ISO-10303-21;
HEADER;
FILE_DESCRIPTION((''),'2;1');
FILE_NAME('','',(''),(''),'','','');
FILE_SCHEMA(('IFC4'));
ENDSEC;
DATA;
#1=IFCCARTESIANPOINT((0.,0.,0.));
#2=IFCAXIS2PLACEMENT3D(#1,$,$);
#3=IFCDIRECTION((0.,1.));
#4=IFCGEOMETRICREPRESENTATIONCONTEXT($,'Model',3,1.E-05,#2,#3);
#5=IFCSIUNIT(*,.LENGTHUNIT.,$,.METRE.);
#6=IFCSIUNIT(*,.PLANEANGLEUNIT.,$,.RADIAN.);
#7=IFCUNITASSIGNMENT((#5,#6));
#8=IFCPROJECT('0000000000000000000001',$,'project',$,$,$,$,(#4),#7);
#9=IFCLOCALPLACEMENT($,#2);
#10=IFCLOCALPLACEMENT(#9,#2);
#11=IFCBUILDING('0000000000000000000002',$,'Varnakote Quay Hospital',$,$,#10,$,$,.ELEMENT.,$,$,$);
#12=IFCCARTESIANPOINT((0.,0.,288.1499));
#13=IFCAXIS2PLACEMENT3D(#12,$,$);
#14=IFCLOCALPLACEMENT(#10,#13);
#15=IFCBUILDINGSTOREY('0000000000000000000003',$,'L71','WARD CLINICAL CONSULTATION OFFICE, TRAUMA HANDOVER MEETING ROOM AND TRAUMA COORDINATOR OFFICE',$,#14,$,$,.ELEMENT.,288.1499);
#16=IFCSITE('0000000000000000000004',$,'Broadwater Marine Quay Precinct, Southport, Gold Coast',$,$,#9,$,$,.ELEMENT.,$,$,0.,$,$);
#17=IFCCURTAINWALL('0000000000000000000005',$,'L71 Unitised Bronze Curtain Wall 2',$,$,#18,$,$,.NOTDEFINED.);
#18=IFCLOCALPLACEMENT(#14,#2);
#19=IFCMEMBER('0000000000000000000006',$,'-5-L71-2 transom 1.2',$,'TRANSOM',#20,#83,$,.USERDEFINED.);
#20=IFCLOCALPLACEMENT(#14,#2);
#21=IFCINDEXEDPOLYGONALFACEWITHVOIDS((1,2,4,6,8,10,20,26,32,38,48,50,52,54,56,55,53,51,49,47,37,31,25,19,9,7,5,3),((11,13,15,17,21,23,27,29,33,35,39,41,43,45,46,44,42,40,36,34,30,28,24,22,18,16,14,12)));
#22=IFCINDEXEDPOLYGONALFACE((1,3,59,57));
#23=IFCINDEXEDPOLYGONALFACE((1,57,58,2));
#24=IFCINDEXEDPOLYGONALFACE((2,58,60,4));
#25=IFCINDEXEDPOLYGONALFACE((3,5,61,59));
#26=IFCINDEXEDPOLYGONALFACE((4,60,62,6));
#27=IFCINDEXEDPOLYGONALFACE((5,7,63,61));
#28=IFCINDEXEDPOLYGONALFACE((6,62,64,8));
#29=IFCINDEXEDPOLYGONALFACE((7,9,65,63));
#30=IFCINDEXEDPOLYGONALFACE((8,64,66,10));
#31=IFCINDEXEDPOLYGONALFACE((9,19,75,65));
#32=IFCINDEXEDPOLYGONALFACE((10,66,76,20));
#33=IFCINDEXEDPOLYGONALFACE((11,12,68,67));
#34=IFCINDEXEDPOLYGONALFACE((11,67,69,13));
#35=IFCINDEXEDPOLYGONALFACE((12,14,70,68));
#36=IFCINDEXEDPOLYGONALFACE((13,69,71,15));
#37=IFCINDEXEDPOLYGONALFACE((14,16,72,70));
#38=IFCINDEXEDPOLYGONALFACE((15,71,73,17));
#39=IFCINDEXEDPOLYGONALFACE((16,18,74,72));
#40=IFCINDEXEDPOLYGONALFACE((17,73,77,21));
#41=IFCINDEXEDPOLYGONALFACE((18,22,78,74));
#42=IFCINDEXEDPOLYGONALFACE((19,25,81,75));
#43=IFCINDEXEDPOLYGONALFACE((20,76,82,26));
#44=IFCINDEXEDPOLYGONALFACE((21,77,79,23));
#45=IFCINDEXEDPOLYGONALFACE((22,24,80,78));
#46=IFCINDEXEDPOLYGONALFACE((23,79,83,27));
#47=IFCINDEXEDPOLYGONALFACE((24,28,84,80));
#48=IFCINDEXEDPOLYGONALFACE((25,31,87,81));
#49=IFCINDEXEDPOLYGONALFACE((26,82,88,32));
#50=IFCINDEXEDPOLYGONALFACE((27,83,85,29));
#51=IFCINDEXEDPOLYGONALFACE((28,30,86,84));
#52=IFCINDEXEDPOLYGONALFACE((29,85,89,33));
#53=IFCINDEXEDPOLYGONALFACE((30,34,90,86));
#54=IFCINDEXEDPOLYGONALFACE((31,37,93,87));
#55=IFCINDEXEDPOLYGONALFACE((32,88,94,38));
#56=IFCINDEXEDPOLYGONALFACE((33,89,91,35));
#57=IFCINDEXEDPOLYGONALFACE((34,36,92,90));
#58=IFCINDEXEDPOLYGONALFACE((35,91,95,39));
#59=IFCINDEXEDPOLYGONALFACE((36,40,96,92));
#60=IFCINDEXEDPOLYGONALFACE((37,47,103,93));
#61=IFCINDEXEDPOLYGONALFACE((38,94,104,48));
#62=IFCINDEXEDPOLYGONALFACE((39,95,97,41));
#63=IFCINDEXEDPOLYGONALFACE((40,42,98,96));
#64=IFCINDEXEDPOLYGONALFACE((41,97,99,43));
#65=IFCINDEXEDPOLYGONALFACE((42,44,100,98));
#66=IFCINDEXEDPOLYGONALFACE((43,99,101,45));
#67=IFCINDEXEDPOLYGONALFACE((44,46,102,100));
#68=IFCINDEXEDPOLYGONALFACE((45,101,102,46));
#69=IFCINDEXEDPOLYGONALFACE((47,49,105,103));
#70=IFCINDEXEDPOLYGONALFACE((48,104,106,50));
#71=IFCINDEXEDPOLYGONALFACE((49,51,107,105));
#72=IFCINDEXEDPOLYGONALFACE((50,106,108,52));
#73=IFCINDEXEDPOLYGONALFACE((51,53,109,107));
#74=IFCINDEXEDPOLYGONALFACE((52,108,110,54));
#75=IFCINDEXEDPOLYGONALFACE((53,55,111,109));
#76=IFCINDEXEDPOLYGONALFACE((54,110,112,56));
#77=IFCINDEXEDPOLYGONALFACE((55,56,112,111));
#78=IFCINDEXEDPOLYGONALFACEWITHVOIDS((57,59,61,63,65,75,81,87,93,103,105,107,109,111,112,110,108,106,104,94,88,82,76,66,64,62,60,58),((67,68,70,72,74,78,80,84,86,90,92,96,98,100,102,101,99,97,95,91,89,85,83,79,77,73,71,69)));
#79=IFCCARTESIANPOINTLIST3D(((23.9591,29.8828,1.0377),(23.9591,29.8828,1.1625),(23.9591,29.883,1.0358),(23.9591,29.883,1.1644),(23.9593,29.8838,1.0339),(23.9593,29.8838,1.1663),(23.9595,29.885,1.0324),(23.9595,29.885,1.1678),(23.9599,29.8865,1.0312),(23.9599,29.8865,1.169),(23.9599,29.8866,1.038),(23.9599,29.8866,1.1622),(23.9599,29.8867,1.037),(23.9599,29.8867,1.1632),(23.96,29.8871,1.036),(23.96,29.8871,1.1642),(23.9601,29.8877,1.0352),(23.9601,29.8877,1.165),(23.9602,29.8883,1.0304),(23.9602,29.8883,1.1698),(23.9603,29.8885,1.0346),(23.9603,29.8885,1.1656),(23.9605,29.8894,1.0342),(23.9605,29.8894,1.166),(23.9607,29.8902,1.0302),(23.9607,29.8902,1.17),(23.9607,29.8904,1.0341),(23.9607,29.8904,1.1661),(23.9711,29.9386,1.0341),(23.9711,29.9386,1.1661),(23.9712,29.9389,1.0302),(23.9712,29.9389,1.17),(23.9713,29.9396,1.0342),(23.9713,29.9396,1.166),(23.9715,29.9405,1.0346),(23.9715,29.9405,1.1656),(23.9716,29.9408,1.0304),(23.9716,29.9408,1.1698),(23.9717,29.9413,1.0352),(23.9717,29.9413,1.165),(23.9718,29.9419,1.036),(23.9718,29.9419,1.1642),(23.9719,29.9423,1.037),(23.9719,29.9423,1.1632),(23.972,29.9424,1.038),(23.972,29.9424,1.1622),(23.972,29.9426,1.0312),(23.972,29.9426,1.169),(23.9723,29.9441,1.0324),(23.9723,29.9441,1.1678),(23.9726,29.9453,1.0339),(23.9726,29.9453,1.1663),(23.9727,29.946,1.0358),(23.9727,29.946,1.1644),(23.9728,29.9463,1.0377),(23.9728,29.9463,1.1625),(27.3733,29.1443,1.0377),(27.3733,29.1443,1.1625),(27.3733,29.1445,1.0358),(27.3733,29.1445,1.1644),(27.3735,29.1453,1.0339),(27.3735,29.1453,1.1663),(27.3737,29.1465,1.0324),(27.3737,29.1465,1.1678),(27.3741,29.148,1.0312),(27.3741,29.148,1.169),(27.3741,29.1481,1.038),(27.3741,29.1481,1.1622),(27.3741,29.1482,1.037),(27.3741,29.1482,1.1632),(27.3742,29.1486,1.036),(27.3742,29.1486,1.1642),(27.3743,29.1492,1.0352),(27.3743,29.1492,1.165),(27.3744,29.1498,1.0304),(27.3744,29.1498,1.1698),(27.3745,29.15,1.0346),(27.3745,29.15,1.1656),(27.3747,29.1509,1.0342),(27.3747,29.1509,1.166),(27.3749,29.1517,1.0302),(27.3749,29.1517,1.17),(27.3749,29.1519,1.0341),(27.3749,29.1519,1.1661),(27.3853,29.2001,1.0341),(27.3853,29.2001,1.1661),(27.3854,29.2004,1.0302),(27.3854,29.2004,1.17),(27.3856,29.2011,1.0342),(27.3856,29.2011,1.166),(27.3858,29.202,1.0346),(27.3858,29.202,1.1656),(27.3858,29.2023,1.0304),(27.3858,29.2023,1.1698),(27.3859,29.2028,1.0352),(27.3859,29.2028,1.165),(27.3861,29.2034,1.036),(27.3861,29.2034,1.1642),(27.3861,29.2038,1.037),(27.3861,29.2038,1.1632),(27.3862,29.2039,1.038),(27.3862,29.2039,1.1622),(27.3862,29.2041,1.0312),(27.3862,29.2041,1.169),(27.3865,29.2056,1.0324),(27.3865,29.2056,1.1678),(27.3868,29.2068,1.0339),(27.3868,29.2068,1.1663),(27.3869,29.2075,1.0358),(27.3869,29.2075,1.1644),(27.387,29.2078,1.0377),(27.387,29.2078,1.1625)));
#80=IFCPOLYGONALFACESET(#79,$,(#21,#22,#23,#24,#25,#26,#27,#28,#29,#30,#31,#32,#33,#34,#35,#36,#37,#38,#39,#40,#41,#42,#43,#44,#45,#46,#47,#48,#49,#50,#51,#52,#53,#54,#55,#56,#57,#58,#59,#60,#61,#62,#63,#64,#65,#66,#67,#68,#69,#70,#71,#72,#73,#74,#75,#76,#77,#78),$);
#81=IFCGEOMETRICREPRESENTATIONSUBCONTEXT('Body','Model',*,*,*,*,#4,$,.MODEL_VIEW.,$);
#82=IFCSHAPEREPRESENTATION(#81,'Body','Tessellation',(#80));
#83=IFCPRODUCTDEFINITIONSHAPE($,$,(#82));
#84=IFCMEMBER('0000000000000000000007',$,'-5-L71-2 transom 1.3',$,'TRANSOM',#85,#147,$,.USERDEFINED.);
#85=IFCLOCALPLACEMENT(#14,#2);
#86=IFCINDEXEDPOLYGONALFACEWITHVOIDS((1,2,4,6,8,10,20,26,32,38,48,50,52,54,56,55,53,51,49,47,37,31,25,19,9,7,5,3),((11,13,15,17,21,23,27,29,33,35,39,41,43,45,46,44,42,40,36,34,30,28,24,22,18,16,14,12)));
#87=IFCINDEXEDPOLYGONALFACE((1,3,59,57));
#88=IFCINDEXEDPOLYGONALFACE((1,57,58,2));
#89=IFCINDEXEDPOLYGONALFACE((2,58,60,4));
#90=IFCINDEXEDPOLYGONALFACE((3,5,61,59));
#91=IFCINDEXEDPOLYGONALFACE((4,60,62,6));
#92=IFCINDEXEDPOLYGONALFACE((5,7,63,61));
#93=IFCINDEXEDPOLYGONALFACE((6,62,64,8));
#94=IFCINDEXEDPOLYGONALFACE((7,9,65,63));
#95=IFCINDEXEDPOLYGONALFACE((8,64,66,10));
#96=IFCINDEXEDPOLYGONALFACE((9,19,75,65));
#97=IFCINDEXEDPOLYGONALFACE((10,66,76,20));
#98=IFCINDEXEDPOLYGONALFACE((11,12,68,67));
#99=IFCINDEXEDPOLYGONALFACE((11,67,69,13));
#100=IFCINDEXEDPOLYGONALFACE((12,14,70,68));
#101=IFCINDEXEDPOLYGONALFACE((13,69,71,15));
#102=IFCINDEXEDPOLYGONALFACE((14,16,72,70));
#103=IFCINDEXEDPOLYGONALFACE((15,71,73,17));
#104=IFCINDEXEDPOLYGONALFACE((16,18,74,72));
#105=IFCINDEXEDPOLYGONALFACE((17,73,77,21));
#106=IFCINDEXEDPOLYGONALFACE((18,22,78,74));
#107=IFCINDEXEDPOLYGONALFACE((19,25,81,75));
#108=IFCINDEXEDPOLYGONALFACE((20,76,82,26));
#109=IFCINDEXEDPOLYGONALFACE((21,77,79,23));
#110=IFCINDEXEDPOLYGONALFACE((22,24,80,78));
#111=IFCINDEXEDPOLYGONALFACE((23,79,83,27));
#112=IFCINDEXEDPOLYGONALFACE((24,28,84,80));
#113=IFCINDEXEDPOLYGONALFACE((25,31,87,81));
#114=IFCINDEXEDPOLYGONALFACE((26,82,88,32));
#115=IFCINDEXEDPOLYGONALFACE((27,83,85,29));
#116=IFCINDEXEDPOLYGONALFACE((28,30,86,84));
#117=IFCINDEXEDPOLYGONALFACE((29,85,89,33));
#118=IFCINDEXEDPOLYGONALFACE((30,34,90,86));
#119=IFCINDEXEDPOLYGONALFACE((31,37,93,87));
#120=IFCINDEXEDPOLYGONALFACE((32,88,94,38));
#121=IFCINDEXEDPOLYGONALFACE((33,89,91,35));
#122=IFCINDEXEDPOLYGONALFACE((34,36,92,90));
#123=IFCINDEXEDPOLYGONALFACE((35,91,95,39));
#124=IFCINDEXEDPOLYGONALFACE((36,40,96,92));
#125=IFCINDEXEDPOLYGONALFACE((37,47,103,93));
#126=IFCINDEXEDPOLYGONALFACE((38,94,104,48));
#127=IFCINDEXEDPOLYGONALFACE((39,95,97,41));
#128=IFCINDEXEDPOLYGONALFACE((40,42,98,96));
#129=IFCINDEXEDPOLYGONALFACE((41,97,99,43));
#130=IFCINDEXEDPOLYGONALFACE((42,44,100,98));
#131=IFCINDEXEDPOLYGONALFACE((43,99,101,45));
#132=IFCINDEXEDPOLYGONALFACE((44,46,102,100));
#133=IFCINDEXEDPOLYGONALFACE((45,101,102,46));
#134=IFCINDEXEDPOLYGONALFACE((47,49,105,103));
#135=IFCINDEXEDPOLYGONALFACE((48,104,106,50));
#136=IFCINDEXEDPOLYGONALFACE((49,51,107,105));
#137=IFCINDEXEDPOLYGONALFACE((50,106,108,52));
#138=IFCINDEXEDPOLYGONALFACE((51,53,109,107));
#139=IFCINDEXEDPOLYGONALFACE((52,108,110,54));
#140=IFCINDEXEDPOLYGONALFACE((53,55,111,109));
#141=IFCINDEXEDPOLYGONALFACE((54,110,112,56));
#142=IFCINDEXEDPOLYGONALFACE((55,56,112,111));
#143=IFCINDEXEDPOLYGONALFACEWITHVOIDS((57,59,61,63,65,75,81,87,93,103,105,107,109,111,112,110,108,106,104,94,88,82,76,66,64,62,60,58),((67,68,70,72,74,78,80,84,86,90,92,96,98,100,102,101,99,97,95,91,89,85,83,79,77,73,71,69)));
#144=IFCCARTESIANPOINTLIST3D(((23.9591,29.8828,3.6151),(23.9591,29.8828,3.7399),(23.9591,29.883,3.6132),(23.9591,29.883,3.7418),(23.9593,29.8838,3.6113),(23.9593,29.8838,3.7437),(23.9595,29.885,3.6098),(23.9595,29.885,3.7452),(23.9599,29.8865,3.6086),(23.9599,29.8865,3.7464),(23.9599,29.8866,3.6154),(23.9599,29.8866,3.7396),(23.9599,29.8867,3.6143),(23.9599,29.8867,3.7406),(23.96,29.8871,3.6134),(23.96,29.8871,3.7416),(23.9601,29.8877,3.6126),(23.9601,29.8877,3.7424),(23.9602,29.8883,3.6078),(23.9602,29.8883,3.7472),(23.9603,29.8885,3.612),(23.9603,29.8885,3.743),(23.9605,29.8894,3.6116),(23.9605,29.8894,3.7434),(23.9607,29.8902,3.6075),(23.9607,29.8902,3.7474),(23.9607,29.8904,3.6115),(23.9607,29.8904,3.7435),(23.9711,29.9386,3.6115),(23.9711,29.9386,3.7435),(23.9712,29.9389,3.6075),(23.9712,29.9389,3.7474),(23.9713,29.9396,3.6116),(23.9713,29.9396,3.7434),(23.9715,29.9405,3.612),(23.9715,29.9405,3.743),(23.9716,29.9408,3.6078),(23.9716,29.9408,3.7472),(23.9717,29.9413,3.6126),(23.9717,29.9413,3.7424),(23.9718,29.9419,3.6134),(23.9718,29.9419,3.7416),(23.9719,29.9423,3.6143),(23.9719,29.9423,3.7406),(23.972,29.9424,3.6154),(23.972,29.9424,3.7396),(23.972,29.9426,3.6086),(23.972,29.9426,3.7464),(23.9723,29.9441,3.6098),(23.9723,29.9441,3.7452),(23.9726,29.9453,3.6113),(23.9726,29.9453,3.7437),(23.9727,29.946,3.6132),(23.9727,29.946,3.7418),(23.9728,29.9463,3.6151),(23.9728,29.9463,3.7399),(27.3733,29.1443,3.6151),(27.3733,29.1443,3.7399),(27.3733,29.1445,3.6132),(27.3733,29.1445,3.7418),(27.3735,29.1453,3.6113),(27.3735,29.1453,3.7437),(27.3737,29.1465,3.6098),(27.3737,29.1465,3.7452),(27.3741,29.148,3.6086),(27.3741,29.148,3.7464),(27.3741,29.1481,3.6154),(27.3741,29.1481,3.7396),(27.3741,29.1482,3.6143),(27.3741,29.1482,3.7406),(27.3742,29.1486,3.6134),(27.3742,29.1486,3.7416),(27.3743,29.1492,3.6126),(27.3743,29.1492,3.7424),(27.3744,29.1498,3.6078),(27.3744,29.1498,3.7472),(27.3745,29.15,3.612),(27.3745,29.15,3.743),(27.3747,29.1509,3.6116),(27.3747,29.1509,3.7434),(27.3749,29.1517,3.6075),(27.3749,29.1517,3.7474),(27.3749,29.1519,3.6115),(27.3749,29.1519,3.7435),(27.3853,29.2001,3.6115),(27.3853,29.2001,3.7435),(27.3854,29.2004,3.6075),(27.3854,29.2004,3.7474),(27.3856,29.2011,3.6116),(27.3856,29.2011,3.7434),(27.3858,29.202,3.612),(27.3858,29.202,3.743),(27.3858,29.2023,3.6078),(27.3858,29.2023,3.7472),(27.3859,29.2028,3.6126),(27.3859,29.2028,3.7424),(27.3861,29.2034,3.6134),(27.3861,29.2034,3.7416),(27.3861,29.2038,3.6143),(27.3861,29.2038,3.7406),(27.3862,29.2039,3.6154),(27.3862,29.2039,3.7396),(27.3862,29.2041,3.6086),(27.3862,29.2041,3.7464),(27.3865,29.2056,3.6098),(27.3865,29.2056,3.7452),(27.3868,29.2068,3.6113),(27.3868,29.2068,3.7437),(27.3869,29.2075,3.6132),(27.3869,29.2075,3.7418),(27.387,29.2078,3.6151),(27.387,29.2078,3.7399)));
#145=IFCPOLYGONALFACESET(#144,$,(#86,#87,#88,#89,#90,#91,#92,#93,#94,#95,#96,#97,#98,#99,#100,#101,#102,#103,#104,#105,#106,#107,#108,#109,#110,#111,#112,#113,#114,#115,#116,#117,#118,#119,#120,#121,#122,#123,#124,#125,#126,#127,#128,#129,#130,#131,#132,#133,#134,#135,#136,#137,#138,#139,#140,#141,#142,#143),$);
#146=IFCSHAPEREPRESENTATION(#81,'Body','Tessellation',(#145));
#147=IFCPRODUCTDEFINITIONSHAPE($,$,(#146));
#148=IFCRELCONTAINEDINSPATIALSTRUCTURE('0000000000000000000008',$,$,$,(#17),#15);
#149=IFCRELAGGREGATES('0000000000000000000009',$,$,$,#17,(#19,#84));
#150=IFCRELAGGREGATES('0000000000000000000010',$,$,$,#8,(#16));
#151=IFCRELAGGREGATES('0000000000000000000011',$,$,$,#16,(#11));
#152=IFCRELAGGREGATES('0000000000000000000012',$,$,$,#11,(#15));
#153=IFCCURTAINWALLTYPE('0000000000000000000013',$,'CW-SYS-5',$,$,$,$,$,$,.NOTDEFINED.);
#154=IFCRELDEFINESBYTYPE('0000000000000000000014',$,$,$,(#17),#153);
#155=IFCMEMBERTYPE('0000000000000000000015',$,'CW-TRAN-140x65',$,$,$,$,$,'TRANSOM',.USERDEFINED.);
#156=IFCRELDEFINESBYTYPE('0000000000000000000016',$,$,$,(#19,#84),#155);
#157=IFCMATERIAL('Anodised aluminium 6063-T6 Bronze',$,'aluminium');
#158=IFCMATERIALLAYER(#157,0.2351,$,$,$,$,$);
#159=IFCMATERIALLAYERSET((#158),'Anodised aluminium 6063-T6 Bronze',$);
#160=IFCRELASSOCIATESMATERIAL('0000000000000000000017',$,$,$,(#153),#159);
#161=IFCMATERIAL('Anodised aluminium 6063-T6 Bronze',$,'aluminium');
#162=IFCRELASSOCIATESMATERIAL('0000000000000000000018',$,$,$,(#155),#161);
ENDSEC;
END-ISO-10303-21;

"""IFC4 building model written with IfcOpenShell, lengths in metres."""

from ifc_helpers import new_model, si_unit, direction, frame, origin, origin_2d, place, context, subcontext, project, spatial, hollow_rectangle, extrude, material, layer, layer_set, material_profile, profile_set, type_object, element, aggregate, save


model = new_model("IFC4")

# Units and contexts
model_context = context("Model", 3, precision=1e-05, world=origin(), true_north=direction((0.0, 1.0)))
body_context = subcontext(model_context, "Body", "Model", "MODEL_VIEW")
ifc_project = project(units=[si_unit("LENGTHUNIT", "METRE"), si_unit("PLANEANGLEUNIT", "RADIAN")], contexts=[model_context])

# Site, building, storey
site_placement = place(None, origin())
site = spatial("IfcSite", under=ifc_project, at=site_placement, Name="Broadwater Marine Quay Precinct, Southport, Gold Coast", CompositionType="ELEMENT", RefElevation=0.0)
building_placement = place(site_placement, origin())
building = spatial("IfcBuilding", under=site, at=building_placement, Name="Varnakote Quay Hospital", CompositionType="ELEMENT")
storey_placement = place(building_placement, frame((0.0, 0.0, 288.1499)))
storey = spatial("IfcBuildingStorey", under=building, at=storey_placement, Name="L71", Description="WARD CLINICAL CONSULTATION OFFICE, TRAUMA HANDOVER MEETING ROOM AND TRAUMA COORDINATOR OFFICE", CompositionType="ELEMENT", Elevation=288.1499)

# Shared definitions
ifc_material_1 = material(Name="Anodised aluminium 6063-T6 Bronze", Category="aluminium")
ifc_layer_1 = layer(ifc_material_1, 0.2351)
ifc_layer_set_1 = layer_set([ifc_layer_1], Name="Anodised aluminium 6063-T6 Bronze")
curtain_wall_type = type_object("IfcCurtainWallType", Name="CW-SYS-5", PredefinedType="NOTDEFINED", material=ifc_layer_set_1)

# Curtain wall, members
curtain_wall_1_placement = place(storey_placement, origin())
curtain_wall_1 = element("IfcCurtainWall", 1, at=curtain_wall_1_placement, inside=storey, type_object=curtain_wall_type, Name="L71 Unitised Bronze Curtain Wall 2", PredefinedType="NOTDEFINED")
ifc_material_2 = material(Name="Anodised aluminium 6063-T6 Bronze", Category="aluminium")
ifc_material_profile_1 = material_profile(ifc_material_2, hollow_rectangle(XDim=0.0649, YDim=0.1399, WallThickness=0.0039, InnerFilletRadius=0.0039, OuterFilletRadius=0.0076, at=origin_2d()), Name="CW-TRAN-140x65")
ifc_profile_set_1 = profile_set([ifc_material_profile_1], Name="Anodised aluminium 6063-T6 Bronze")
member_type_1 = type_object("IfcMemberType", Name="CW-TRAN-140x65", ElementType="TRANSOM", PredefinedType="USERDEFINED", material=ifc_profile_set_1)
member_1_placement = place(storey_placement, frame((27.3801, 29.176, 1.1001), z_axis=(-0.977397, 0.211414, 0.0), x_axis=(-0.211414, -0.977397, 0.0)))
member_1 = element("IfcMember", 2, at=member_1_placement, type_object=member_type_1, Name="-5-L71-2 transom 1.2", ObjectType="TRANSOM", PredefinedType="USERDEFINED", context=body_context, shape_type="SweptSolid", body=[
    extrude(hollow_rectangle(XDim=0.0649, YDim=0.1399, WallThickness=0.0039, InnerFilletRadius=0.0039, OuterFilletRadius=0.0076, at=origin_2d()), origin(), (0.0, 0.0, 1.0), 3.4932),
])
member_2_placement = place(storey_placement, frame((27.3801, 29.176, 3.6775), z_axis=(-0.977397, 0.211414, 0.0), x_axis=(-0.211414, -0.977397, 0.0)))
member_2 = element("IfcMember", 3, at=member_2_placement, type_object=member_type_1, Name="-5-L71-2 transom 1.3", ObjectType="TRANSOM", PredefinedType="USERDEFINED", context=body_context, shape_type="SweptSolid", body=[
    extrude(hollow_rectangle(XDim=0.0649, YDim=0.1399, WallThickness=0.0039, InnerFilletRadius=0.0039, OuterFilletRadius=0.0076, at=origin_2d()), origin(), (0.0, 0.0, 1.0), 3.4932),
])
aggregate(curtain_wall_1, [member_1, member_2])

save(model, "model.ifc")
